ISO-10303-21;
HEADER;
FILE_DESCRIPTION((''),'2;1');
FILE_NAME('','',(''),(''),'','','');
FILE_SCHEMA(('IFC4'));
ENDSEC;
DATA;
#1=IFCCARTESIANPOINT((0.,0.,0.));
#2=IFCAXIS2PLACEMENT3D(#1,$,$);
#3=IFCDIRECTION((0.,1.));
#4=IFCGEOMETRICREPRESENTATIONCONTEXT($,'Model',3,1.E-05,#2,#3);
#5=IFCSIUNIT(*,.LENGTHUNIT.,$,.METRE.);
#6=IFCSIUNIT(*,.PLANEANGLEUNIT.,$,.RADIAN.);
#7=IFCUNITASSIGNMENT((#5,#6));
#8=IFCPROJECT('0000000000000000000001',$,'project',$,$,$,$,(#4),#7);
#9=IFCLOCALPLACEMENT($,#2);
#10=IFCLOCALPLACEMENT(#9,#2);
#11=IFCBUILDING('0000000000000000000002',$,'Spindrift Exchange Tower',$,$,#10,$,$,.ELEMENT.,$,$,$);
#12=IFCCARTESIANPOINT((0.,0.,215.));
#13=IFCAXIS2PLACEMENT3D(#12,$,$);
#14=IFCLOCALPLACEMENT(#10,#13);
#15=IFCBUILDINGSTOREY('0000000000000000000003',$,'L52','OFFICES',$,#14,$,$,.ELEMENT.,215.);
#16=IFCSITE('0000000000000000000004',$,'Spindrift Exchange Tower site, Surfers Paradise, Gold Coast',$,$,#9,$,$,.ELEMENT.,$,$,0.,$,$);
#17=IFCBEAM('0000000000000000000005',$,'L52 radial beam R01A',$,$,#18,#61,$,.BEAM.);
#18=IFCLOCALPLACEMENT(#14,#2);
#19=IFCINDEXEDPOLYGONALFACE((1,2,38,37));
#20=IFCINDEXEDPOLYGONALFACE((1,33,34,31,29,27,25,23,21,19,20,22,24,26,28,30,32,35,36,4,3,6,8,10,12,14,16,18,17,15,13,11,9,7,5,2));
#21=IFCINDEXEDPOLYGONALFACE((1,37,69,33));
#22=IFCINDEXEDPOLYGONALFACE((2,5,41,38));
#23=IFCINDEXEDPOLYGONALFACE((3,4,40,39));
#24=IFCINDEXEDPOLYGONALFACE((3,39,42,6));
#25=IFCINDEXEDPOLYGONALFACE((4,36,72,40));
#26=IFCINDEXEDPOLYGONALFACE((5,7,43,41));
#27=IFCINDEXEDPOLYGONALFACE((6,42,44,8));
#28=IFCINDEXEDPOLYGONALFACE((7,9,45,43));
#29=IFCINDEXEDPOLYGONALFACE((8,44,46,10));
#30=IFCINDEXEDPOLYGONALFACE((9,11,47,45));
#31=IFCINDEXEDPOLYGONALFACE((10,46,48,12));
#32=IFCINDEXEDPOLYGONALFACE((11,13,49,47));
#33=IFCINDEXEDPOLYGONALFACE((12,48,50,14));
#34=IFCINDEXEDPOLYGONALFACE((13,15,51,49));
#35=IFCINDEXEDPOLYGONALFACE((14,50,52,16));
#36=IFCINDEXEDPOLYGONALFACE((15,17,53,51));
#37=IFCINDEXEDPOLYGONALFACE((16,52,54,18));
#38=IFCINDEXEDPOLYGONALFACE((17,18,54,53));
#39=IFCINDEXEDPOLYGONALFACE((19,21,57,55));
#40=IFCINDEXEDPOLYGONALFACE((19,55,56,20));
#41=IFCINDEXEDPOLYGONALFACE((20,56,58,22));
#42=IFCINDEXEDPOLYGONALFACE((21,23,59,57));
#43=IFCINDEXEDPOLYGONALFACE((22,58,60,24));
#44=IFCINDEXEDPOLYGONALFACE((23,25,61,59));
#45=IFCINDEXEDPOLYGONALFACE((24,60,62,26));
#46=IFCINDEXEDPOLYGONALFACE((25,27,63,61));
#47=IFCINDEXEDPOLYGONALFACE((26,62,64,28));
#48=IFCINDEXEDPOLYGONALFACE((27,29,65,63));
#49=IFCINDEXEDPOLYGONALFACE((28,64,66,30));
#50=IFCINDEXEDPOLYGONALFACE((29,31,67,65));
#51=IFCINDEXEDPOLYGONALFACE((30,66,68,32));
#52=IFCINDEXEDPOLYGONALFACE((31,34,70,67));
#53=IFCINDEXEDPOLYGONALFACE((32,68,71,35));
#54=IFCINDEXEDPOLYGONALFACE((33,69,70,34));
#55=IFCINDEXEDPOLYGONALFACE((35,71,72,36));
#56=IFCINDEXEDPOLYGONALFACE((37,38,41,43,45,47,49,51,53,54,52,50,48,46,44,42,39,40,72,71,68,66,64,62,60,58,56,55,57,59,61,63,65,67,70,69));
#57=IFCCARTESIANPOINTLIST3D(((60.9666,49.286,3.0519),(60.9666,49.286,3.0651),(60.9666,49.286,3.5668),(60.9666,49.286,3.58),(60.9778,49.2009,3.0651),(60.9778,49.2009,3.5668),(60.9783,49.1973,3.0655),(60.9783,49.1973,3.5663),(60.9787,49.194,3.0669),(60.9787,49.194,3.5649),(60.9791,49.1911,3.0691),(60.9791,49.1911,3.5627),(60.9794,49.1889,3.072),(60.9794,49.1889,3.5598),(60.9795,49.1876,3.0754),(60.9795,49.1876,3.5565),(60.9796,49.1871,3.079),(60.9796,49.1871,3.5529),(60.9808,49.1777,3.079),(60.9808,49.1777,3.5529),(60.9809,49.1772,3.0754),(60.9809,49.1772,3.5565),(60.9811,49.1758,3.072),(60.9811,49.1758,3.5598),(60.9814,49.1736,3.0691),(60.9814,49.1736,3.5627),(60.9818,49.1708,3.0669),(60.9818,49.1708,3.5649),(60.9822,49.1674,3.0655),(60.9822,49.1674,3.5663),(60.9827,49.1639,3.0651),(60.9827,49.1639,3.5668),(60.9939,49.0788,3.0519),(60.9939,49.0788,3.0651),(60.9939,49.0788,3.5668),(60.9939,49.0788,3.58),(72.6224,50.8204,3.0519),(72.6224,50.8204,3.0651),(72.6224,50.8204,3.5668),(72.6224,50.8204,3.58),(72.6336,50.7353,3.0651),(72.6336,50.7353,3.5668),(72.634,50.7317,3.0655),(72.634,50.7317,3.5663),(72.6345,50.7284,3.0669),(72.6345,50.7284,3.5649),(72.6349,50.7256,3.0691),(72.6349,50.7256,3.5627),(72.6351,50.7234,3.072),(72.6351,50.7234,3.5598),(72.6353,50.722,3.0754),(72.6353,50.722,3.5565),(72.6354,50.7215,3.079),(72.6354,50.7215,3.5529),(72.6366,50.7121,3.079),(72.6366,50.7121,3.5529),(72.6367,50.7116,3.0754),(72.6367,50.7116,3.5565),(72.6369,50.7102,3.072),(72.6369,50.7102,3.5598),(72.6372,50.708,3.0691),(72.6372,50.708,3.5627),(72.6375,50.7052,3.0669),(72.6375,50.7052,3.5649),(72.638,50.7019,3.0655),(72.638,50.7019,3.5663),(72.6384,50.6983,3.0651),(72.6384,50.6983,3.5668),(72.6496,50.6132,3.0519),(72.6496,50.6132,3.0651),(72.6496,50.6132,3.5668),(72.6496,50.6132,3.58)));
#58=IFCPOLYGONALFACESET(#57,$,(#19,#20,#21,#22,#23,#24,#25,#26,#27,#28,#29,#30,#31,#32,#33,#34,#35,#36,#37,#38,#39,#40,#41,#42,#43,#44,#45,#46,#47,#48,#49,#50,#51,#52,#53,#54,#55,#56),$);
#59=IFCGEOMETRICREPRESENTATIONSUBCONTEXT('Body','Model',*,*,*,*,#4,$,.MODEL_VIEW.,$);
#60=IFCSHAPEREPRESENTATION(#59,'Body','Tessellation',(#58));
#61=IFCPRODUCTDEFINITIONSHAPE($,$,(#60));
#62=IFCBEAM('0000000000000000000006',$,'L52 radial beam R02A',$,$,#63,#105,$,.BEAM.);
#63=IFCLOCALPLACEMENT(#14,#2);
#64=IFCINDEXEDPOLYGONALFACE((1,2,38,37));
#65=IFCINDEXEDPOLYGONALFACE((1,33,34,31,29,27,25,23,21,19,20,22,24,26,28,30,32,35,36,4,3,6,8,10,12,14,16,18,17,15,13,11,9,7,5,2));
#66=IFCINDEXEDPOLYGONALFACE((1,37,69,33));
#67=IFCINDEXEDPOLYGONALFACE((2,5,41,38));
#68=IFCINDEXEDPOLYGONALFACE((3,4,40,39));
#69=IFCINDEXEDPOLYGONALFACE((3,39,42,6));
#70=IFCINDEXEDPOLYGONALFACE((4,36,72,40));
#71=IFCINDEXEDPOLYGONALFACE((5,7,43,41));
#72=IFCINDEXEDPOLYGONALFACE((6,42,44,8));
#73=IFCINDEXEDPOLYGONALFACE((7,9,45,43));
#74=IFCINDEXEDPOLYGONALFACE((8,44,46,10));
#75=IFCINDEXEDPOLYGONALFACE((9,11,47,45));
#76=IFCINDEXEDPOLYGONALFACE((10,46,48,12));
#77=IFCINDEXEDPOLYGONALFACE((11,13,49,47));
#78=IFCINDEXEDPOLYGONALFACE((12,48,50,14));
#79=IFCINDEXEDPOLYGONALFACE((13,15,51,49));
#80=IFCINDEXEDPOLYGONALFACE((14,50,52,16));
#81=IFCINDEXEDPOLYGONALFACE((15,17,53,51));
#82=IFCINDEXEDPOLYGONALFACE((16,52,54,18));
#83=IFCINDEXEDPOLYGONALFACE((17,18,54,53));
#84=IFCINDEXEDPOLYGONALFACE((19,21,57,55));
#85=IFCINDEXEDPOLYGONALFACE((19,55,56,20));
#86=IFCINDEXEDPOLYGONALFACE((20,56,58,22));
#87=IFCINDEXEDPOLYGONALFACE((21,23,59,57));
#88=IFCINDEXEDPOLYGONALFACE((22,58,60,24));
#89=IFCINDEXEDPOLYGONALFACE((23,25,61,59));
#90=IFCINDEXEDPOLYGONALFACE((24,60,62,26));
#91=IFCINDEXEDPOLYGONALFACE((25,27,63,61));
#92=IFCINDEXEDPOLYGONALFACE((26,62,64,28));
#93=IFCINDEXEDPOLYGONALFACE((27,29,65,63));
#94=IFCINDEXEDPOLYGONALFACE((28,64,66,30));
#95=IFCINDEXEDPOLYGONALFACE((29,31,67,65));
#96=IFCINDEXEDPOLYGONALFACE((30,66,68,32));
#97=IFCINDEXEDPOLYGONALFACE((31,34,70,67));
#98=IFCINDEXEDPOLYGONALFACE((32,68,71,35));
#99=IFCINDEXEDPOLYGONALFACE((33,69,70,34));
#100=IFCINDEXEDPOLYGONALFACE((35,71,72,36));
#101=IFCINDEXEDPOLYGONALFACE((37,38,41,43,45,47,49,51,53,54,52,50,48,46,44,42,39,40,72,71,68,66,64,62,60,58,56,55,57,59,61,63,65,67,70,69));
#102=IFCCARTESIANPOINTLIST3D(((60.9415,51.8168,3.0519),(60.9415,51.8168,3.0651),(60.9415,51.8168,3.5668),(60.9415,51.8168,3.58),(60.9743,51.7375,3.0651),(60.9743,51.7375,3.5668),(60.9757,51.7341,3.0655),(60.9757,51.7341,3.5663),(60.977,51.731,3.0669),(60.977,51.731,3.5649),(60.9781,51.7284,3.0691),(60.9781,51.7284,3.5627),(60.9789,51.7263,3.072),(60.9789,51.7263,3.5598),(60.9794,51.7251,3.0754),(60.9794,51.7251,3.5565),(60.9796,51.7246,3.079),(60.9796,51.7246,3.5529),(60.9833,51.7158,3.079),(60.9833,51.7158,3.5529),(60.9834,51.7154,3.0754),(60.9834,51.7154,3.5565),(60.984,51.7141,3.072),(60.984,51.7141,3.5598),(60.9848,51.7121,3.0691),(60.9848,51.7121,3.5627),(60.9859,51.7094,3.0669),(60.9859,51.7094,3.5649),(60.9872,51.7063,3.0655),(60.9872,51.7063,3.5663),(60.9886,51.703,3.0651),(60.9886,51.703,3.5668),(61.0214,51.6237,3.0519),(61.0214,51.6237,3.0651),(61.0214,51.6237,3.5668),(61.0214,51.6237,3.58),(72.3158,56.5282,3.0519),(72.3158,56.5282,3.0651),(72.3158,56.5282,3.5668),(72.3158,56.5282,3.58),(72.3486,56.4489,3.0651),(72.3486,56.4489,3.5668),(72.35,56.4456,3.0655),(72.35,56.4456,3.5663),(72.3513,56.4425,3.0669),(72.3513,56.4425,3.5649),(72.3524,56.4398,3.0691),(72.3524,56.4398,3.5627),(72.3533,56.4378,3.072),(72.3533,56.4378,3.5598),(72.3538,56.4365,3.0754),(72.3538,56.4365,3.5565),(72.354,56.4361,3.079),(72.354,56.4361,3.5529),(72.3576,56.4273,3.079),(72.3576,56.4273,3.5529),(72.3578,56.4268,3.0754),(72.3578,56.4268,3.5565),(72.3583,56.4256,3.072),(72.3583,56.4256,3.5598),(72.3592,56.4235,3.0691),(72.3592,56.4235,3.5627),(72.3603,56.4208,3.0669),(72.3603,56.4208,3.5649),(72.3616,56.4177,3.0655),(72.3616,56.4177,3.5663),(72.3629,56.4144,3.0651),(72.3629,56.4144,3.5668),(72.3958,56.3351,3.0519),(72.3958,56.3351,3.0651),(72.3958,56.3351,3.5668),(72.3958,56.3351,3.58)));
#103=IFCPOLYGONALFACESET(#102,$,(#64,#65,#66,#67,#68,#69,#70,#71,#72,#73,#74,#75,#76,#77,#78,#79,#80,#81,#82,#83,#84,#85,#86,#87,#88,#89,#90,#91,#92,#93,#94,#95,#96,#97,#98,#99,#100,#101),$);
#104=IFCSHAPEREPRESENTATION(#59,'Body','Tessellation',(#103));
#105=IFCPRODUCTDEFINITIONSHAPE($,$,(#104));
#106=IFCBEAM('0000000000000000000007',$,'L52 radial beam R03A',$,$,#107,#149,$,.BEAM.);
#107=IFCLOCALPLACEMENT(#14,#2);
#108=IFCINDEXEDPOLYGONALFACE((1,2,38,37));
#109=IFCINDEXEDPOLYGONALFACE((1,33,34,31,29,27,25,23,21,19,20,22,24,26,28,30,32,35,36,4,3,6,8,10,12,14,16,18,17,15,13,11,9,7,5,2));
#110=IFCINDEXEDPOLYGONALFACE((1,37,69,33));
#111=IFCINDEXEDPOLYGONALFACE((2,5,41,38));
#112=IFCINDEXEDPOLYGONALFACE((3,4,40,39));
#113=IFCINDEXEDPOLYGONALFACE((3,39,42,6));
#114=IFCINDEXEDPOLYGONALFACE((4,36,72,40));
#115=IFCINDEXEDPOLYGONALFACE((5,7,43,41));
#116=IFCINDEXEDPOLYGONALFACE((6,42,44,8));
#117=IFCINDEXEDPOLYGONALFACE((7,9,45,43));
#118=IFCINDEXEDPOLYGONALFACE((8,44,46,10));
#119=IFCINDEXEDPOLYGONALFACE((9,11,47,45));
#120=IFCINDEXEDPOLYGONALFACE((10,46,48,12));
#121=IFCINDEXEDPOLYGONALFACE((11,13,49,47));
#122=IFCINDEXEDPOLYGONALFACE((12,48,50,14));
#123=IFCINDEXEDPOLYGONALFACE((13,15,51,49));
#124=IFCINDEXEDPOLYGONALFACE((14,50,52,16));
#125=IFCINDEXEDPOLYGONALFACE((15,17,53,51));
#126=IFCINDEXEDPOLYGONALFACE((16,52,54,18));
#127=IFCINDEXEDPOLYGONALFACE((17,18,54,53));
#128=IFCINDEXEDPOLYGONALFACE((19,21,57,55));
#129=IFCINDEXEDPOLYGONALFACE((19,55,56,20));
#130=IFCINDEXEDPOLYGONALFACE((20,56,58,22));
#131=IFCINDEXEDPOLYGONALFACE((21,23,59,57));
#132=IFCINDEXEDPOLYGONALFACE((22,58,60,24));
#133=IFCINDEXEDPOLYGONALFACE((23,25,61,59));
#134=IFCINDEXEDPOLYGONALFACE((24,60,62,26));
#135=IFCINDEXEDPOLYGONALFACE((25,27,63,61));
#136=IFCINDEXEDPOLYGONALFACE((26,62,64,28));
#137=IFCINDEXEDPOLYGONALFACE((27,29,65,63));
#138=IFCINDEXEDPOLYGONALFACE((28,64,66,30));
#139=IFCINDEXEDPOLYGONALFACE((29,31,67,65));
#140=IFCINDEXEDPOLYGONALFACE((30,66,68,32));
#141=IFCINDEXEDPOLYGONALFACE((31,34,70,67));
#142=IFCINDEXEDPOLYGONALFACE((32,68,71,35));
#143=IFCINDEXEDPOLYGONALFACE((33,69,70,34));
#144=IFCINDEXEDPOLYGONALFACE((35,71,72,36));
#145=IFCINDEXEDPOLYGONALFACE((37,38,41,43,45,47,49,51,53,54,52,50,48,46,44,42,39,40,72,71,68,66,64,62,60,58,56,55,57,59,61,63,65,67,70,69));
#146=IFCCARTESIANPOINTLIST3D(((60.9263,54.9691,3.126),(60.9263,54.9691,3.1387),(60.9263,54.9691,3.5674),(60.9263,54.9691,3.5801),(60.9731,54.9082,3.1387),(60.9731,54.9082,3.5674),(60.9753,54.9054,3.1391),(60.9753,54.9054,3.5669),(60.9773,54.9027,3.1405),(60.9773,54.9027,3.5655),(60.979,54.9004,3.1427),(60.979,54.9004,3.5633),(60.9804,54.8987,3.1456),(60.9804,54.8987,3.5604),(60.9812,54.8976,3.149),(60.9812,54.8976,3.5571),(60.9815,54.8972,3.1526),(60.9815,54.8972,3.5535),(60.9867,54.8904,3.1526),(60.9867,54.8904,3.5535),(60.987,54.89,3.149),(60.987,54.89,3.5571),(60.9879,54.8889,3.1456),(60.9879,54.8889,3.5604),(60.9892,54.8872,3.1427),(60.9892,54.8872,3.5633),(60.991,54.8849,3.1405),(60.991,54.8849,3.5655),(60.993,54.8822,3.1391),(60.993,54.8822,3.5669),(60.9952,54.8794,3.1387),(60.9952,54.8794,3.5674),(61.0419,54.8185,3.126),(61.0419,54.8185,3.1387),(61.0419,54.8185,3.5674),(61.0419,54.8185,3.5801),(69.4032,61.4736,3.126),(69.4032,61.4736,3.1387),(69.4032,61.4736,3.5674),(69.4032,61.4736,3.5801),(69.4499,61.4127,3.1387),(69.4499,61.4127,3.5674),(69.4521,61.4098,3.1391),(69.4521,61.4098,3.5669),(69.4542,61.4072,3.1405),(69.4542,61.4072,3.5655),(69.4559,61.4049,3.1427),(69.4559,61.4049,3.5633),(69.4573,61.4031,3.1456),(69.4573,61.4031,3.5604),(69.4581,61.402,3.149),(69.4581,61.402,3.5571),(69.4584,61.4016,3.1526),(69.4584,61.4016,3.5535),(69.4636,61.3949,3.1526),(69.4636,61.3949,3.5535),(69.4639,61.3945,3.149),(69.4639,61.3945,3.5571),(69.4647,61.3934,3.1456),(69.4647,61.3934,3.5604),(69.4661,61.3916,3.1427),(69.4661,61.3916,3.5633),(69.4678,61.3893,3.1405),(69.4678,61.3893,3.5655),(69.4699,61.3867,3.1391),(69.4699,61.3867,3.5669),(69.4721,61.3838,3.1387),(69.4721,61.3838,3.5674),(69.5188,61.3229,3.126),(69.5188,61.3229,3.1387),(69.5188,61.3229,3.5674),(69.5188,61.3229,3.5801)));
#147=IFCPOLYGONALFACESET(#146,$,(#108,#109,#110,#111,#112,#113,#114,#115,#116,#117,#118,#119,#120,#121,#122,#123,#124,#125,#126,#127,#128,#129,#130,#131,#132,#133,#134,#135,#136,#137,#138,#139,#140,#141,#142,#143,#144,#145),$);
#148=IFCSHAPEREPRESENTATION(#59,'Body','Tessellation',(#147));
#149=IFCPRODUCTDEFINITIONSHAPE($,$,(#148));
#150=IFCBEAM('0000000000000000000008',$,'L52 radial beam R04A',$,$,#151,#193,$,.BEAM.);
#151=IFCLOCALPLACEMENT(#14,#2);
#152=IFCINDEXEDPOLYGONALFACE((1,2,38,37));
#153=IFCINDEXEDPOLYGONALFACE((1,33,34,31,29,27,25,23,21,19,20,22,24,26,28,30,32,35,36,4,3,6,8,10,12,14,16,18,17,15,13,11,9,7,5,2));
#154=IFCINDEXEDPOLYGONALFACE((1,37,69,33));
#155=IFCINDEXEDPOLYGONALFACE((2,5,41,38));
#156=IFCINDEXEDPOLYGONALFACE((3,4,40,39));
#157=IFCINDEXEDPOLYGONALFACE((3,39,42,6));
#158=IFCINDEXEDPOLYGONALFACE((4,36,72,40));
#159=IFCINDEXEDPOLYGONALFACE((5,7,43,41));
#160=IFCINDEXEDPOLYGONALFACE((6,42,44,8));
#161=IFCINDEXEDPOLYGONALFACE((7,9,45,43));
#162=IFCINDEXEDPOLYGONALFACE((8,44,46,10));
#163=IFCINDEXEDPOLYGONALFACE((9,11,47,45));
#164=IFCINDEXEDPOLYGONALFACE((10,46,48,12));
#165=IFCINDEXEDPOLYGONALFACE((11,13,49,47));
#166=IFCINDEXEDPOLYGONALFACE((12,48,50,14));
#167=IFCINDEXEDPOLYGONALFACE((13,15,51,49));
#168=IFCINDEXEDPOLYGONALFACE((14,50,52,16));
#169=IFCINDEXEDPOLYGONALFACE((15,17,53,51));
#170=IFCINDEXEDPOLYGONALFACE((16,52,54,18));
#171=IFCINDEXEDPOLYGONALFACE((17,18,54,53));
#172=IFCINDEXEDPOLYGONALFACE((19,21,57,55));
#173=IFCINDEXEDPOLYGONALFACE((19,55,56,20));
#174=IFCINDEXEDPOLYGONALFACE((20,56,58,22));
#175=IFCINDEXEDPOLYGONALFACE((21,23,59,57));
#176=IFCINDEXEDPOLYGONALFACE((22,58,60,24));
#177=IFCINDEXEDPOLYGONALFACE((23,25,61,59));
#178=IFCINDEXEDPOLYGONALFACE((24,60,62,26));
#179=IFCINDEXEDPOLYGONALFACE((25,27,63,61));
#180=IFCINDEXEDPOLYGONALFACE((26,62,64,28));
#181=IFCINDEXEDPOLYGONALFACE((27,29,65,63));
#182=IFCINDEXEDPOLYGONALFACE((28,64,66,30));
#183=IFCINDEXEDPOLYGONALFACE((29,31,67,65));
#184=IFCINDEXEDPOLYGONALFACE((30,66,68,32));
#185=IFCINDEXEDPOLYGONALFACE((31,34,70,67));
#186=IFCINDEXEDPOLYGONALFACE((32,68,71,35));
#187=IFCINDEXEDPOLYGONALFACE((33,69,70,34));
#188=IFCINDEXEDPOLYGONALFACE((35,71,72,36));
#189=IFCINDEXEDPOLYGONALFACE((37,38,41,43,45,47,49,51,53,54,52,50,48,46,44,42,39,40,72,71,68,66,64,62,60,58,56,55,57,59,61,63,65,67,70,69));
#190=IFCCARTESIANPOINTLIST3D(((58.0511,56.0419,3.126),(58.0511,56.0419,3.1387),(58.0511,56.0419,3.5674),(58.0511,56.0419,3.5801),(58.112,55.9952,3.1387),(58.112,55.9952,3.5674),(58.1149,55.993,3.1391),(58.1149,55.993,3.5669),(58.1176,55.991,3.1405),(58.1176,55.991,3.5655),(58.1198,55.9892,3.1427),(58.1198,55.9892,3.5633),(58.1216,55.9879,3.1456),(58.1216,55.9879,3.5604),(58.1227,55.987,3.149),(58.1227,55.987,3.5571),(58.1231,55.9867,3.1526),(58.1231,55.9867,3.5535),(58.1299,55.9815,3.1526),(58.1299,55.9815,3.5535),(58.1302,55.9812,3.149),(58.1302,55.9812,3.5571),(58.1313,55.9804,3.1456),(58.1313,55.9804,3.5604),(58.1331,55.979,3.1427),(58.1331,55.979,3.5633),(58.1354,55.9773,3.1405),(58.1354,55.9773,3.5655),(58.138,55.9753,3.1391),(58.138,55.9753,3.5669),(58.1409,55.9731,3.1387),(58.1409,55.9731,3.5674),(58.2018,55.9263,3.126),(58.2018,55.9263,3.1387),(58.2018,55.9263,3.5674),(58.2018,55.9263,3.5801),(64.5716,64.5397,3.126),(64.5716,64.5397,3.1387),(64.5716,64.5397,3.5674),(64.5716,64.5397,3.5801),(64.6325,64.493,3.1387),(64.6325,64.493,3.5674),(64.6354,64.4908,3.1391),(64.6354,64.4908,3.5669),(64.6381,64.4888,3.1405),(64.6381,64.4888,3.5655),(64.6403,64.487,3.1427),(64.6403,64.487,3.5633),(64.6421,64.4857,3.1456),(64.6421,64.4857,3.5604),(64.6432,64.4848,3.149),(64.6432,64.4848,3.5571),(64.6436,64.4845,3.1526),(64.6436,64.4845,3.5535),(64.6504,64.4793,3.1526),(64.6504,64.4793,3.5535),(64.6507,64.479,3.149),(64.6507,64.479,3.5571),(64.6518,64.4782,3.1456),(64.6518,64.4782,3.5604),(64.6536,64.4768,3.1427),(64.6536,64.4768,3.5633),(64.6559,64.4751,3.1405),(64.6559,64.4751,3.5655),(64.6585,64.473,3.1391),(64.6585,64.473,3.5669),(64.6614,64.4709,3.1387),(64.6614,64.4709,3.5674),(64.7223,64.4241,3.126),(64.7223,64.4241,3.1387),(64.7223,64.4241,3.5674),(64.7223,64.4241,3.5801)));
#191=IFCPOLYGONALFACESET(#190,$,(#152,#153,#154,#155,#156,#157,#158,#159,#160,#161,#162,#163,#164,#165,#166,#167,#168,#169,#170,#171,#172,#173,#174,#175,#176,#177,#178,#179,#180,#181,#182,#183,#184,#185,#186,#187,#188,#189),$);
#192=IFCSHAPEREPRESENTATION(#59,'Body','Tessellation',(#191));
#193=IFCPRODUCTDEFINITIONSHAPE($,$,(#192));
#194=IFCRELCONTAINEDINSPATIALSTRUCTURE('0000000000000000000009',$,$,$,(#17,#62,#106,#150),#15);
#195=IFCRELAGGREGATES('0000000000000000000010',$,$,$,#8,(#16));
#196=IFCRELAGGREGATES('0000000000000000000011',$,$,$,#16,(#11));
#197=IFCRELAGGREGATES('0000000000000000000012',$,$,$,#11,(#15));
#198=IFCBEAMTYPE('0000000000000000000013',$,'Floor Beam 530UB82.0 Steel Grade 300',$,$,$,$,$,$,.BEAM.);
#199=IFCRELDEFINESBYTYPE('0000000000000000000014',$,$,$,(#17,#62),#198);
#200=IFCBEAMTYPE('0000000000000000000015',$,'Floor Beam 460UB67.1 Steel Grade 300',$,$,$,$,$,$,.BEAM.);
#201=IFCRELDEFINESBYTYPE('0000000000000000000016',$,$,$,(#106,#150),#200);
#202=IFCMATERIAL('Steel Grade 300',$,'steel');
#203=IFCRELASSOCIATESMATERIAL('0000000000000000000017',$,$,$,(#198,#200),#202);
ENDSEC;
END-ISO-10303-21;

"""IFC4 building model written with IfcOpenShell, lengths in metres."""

from ifc_helpers import new_model, si_unit, direction, frame, origin, origin_2d, place, context, subcontext, project, spatial, i_section, extrude, source, transform, mapped, material, material_profile, profile_set, type_object, element, save


model = new_model("IFC4")

# Units and contexts
model_context = context("Model", 3, precision=1e-05, world=origin(), true_north=direction((0.0, 1.0)))
body_context = subcontext(model_context, "Body", "Model", "MODEL_VIEW")
ifc_project = project(units=[si_unit("LENGTHUNIT", "METRE"), si_unit("PLANEANGLEUNIT", "RADIAN")], contexts=[model_context])

# Site, building, storey
site_placement = place(None, origin())
site = spatial("IfcSite", under=ifc_project, at=site_placement, Name="Spindrift Exchange Tower site, Surfers Paradise, Gold Coast", CompositionType="ELEMENT", RefElevation=0.0)
building_placement = place(site_placement, origin())
building = spatial("IfcBuilding", under=site, at=building_placement, Name="Spindrift Exchange Tower", CompositionType="ELEMENT")
storey_placement = place(building_placement, frame((0.0, 0.0, 215.0)))
storey = spatial("IfcBuildingStorey", under=building, at=storey_placement, Name="L52", Description="OFFICES", CompositionType="ELEMENT", Elevation=215.0)

# Beams
ifc_material_1 = material(Name="Steel Grade 300", Category="steel")
ifc_material_profile_1 = material_profile(ifc_material_1, i_section(OverallWidth=0.209, OverallDepth=0.5281, WebThickness=0.0095, FlangeThickness=0.0132, FilletRadius=0.0139, at=origin_2d()), Name="530UB82.0")
ifc_profile_set_1 = profile_set([ifc_material_profile_1], Name="Steel Grade 300")
beam_type_1 = type_object("IfcBeamType", Name="Floor Beam 530UB82.0 Steel Grade 300", PredefinedType="BEAM", material=ifc_profile_set_1)
shared_shape_1 = source(origin(), body_context, "Body", "SweptSolid", [
    extrude(i_section(OverallWidth=0.209, OverallDepth=0.5281, WebThickness=0.0095, FlangeThickness=0.0132, FilletRadius=0.0139, at=origin_2d()), origin(), (0.0, 0.0, 1.0), 11.7563),
])
beam_1_placement = place(storey_placement, frame((60.9802, 49.1824, 3.3159), z_axis=(0.991446, 0.130519, 0.0), x_axis=(-0.130519, 0.991446, 0.0)))
element("IfcBeam", 1, at=beam_1_placement, inside=storey, type_object=beam_type_1, Name="L52 radial beam R01A", PredefinedType="BEAM", context=body_context, shape_type="MappedRepresentation", body=[
    mapped(shared_shape_1, transform((0.0, 0.0, 0.0), scale=1.0)),
])
shared_shape_2 = source(origin(), body_context, "Body", "SweptSolid", [
    extrude(i_section(OverallWidth=0.209, OverallDepth=0.5281, WebThickness=0.0095, FlangeThickness=0.0132, FilletRadius=0.0139, at=origin_2d()), origin(), (0.0, 0.0, 1.0), 12.3115),
])
beam_2_placement = place(storey_placement, frame((60.9814, 51.7202, 3.3159), z_axis=(0.923878, 0.382687, 0.0), x_axis=(-0.382687, 0.923878, 0.0)))
element("IfcBeam", 2, at=beam_2_placement, inside=storey, type_object=beam_type_1, Name="L52 radial beam R02A", PredefinedType="BEAM", context=body_context, shape_type="MappedRepresentation", body=[
    mapped(shared_shape_2, transform((0.0, 0.0, 0.0), scale=1.0)),
])
ifc_material_profile_2 = material_profile(ifc_material_1, i_section(OverallWidth=0.1899, OverallDepth=0.4541, WebThickness=0.0085, FlangeThickness=0.0127, FilletRadius=0.0139, at=origin_2d()), Name="460UB67.1")
ifc_profile_set_2 = profile_set([ifc_material_profile_2], Name="Steel Grade 300")
beam_type_2 = type_object("IfcBeamType", Name="Floor Beam 460UB67.1 Steel Grade 300", PredefinedType="BEAM", material=ifc_profile_set_2)
shared_shape_3 = source(origin(), body_context, "Body", "SweptSolid", [
    extrude(i_section(OverallWidth=0.1899, OverallDepth=0.4541, WebThickness=0.0085, FlangeThickness=0.0127, FilletRadius=0.0139, at=origin_2d()), origin(), (0.0, 0.0, 1.0), 10.6848),
])
beam_3_placement = place(storey_placement, frame((60.9841, 54.8938, 3.353), z_axis=(0.793357, 0.608756, 0.0), x_axis=(-0.608756, 0.793357, 0.0)))
element("IfcBeam", 3, at=beam_3_placement, inside=storey, type_object=beam_type_2, Name="L52 radial beam R03A", PredefinedType="BEAM", context=body_context, shape_type="MappedRepresentation", body=[
    mapped(shared_shape_3, transform((0.0, 0.0, 0.0), scale=1.0)),
])
shared_shape_4 = source(origin(), body_context, "Body", "SweptSolid", [
    extrude(i_section(OverallWidth=0.1899, OverallDepth=0.4541, WebThickness=0.0085, FlangeThickness=0.0127, FilletRadius=0.0139, at=origin_2d()), origin(), (0.0, 0.0, 1.0), 10.7112),
])
beam_4_placement = place(storey_placement, frame((58.1265, 55.9841, 3.353), z_axis=(0.608756, 0.793357, 0.0), x_axis=(-0.793357, 0.608756, 0.0)))
element("IfcBeam", 4, at=beam_4_placement, inside=storey, type_object=beam_type_2, Name="L52 radial beam R04A", PredefinedType="BEAM", context=body_context, shape_type="MappedRepresentation", body=[
    mapped(shared_shape_4, transform((0.0, 0.0, 0.0), scale=1.0)),
])

save(model, "model.ifc")
